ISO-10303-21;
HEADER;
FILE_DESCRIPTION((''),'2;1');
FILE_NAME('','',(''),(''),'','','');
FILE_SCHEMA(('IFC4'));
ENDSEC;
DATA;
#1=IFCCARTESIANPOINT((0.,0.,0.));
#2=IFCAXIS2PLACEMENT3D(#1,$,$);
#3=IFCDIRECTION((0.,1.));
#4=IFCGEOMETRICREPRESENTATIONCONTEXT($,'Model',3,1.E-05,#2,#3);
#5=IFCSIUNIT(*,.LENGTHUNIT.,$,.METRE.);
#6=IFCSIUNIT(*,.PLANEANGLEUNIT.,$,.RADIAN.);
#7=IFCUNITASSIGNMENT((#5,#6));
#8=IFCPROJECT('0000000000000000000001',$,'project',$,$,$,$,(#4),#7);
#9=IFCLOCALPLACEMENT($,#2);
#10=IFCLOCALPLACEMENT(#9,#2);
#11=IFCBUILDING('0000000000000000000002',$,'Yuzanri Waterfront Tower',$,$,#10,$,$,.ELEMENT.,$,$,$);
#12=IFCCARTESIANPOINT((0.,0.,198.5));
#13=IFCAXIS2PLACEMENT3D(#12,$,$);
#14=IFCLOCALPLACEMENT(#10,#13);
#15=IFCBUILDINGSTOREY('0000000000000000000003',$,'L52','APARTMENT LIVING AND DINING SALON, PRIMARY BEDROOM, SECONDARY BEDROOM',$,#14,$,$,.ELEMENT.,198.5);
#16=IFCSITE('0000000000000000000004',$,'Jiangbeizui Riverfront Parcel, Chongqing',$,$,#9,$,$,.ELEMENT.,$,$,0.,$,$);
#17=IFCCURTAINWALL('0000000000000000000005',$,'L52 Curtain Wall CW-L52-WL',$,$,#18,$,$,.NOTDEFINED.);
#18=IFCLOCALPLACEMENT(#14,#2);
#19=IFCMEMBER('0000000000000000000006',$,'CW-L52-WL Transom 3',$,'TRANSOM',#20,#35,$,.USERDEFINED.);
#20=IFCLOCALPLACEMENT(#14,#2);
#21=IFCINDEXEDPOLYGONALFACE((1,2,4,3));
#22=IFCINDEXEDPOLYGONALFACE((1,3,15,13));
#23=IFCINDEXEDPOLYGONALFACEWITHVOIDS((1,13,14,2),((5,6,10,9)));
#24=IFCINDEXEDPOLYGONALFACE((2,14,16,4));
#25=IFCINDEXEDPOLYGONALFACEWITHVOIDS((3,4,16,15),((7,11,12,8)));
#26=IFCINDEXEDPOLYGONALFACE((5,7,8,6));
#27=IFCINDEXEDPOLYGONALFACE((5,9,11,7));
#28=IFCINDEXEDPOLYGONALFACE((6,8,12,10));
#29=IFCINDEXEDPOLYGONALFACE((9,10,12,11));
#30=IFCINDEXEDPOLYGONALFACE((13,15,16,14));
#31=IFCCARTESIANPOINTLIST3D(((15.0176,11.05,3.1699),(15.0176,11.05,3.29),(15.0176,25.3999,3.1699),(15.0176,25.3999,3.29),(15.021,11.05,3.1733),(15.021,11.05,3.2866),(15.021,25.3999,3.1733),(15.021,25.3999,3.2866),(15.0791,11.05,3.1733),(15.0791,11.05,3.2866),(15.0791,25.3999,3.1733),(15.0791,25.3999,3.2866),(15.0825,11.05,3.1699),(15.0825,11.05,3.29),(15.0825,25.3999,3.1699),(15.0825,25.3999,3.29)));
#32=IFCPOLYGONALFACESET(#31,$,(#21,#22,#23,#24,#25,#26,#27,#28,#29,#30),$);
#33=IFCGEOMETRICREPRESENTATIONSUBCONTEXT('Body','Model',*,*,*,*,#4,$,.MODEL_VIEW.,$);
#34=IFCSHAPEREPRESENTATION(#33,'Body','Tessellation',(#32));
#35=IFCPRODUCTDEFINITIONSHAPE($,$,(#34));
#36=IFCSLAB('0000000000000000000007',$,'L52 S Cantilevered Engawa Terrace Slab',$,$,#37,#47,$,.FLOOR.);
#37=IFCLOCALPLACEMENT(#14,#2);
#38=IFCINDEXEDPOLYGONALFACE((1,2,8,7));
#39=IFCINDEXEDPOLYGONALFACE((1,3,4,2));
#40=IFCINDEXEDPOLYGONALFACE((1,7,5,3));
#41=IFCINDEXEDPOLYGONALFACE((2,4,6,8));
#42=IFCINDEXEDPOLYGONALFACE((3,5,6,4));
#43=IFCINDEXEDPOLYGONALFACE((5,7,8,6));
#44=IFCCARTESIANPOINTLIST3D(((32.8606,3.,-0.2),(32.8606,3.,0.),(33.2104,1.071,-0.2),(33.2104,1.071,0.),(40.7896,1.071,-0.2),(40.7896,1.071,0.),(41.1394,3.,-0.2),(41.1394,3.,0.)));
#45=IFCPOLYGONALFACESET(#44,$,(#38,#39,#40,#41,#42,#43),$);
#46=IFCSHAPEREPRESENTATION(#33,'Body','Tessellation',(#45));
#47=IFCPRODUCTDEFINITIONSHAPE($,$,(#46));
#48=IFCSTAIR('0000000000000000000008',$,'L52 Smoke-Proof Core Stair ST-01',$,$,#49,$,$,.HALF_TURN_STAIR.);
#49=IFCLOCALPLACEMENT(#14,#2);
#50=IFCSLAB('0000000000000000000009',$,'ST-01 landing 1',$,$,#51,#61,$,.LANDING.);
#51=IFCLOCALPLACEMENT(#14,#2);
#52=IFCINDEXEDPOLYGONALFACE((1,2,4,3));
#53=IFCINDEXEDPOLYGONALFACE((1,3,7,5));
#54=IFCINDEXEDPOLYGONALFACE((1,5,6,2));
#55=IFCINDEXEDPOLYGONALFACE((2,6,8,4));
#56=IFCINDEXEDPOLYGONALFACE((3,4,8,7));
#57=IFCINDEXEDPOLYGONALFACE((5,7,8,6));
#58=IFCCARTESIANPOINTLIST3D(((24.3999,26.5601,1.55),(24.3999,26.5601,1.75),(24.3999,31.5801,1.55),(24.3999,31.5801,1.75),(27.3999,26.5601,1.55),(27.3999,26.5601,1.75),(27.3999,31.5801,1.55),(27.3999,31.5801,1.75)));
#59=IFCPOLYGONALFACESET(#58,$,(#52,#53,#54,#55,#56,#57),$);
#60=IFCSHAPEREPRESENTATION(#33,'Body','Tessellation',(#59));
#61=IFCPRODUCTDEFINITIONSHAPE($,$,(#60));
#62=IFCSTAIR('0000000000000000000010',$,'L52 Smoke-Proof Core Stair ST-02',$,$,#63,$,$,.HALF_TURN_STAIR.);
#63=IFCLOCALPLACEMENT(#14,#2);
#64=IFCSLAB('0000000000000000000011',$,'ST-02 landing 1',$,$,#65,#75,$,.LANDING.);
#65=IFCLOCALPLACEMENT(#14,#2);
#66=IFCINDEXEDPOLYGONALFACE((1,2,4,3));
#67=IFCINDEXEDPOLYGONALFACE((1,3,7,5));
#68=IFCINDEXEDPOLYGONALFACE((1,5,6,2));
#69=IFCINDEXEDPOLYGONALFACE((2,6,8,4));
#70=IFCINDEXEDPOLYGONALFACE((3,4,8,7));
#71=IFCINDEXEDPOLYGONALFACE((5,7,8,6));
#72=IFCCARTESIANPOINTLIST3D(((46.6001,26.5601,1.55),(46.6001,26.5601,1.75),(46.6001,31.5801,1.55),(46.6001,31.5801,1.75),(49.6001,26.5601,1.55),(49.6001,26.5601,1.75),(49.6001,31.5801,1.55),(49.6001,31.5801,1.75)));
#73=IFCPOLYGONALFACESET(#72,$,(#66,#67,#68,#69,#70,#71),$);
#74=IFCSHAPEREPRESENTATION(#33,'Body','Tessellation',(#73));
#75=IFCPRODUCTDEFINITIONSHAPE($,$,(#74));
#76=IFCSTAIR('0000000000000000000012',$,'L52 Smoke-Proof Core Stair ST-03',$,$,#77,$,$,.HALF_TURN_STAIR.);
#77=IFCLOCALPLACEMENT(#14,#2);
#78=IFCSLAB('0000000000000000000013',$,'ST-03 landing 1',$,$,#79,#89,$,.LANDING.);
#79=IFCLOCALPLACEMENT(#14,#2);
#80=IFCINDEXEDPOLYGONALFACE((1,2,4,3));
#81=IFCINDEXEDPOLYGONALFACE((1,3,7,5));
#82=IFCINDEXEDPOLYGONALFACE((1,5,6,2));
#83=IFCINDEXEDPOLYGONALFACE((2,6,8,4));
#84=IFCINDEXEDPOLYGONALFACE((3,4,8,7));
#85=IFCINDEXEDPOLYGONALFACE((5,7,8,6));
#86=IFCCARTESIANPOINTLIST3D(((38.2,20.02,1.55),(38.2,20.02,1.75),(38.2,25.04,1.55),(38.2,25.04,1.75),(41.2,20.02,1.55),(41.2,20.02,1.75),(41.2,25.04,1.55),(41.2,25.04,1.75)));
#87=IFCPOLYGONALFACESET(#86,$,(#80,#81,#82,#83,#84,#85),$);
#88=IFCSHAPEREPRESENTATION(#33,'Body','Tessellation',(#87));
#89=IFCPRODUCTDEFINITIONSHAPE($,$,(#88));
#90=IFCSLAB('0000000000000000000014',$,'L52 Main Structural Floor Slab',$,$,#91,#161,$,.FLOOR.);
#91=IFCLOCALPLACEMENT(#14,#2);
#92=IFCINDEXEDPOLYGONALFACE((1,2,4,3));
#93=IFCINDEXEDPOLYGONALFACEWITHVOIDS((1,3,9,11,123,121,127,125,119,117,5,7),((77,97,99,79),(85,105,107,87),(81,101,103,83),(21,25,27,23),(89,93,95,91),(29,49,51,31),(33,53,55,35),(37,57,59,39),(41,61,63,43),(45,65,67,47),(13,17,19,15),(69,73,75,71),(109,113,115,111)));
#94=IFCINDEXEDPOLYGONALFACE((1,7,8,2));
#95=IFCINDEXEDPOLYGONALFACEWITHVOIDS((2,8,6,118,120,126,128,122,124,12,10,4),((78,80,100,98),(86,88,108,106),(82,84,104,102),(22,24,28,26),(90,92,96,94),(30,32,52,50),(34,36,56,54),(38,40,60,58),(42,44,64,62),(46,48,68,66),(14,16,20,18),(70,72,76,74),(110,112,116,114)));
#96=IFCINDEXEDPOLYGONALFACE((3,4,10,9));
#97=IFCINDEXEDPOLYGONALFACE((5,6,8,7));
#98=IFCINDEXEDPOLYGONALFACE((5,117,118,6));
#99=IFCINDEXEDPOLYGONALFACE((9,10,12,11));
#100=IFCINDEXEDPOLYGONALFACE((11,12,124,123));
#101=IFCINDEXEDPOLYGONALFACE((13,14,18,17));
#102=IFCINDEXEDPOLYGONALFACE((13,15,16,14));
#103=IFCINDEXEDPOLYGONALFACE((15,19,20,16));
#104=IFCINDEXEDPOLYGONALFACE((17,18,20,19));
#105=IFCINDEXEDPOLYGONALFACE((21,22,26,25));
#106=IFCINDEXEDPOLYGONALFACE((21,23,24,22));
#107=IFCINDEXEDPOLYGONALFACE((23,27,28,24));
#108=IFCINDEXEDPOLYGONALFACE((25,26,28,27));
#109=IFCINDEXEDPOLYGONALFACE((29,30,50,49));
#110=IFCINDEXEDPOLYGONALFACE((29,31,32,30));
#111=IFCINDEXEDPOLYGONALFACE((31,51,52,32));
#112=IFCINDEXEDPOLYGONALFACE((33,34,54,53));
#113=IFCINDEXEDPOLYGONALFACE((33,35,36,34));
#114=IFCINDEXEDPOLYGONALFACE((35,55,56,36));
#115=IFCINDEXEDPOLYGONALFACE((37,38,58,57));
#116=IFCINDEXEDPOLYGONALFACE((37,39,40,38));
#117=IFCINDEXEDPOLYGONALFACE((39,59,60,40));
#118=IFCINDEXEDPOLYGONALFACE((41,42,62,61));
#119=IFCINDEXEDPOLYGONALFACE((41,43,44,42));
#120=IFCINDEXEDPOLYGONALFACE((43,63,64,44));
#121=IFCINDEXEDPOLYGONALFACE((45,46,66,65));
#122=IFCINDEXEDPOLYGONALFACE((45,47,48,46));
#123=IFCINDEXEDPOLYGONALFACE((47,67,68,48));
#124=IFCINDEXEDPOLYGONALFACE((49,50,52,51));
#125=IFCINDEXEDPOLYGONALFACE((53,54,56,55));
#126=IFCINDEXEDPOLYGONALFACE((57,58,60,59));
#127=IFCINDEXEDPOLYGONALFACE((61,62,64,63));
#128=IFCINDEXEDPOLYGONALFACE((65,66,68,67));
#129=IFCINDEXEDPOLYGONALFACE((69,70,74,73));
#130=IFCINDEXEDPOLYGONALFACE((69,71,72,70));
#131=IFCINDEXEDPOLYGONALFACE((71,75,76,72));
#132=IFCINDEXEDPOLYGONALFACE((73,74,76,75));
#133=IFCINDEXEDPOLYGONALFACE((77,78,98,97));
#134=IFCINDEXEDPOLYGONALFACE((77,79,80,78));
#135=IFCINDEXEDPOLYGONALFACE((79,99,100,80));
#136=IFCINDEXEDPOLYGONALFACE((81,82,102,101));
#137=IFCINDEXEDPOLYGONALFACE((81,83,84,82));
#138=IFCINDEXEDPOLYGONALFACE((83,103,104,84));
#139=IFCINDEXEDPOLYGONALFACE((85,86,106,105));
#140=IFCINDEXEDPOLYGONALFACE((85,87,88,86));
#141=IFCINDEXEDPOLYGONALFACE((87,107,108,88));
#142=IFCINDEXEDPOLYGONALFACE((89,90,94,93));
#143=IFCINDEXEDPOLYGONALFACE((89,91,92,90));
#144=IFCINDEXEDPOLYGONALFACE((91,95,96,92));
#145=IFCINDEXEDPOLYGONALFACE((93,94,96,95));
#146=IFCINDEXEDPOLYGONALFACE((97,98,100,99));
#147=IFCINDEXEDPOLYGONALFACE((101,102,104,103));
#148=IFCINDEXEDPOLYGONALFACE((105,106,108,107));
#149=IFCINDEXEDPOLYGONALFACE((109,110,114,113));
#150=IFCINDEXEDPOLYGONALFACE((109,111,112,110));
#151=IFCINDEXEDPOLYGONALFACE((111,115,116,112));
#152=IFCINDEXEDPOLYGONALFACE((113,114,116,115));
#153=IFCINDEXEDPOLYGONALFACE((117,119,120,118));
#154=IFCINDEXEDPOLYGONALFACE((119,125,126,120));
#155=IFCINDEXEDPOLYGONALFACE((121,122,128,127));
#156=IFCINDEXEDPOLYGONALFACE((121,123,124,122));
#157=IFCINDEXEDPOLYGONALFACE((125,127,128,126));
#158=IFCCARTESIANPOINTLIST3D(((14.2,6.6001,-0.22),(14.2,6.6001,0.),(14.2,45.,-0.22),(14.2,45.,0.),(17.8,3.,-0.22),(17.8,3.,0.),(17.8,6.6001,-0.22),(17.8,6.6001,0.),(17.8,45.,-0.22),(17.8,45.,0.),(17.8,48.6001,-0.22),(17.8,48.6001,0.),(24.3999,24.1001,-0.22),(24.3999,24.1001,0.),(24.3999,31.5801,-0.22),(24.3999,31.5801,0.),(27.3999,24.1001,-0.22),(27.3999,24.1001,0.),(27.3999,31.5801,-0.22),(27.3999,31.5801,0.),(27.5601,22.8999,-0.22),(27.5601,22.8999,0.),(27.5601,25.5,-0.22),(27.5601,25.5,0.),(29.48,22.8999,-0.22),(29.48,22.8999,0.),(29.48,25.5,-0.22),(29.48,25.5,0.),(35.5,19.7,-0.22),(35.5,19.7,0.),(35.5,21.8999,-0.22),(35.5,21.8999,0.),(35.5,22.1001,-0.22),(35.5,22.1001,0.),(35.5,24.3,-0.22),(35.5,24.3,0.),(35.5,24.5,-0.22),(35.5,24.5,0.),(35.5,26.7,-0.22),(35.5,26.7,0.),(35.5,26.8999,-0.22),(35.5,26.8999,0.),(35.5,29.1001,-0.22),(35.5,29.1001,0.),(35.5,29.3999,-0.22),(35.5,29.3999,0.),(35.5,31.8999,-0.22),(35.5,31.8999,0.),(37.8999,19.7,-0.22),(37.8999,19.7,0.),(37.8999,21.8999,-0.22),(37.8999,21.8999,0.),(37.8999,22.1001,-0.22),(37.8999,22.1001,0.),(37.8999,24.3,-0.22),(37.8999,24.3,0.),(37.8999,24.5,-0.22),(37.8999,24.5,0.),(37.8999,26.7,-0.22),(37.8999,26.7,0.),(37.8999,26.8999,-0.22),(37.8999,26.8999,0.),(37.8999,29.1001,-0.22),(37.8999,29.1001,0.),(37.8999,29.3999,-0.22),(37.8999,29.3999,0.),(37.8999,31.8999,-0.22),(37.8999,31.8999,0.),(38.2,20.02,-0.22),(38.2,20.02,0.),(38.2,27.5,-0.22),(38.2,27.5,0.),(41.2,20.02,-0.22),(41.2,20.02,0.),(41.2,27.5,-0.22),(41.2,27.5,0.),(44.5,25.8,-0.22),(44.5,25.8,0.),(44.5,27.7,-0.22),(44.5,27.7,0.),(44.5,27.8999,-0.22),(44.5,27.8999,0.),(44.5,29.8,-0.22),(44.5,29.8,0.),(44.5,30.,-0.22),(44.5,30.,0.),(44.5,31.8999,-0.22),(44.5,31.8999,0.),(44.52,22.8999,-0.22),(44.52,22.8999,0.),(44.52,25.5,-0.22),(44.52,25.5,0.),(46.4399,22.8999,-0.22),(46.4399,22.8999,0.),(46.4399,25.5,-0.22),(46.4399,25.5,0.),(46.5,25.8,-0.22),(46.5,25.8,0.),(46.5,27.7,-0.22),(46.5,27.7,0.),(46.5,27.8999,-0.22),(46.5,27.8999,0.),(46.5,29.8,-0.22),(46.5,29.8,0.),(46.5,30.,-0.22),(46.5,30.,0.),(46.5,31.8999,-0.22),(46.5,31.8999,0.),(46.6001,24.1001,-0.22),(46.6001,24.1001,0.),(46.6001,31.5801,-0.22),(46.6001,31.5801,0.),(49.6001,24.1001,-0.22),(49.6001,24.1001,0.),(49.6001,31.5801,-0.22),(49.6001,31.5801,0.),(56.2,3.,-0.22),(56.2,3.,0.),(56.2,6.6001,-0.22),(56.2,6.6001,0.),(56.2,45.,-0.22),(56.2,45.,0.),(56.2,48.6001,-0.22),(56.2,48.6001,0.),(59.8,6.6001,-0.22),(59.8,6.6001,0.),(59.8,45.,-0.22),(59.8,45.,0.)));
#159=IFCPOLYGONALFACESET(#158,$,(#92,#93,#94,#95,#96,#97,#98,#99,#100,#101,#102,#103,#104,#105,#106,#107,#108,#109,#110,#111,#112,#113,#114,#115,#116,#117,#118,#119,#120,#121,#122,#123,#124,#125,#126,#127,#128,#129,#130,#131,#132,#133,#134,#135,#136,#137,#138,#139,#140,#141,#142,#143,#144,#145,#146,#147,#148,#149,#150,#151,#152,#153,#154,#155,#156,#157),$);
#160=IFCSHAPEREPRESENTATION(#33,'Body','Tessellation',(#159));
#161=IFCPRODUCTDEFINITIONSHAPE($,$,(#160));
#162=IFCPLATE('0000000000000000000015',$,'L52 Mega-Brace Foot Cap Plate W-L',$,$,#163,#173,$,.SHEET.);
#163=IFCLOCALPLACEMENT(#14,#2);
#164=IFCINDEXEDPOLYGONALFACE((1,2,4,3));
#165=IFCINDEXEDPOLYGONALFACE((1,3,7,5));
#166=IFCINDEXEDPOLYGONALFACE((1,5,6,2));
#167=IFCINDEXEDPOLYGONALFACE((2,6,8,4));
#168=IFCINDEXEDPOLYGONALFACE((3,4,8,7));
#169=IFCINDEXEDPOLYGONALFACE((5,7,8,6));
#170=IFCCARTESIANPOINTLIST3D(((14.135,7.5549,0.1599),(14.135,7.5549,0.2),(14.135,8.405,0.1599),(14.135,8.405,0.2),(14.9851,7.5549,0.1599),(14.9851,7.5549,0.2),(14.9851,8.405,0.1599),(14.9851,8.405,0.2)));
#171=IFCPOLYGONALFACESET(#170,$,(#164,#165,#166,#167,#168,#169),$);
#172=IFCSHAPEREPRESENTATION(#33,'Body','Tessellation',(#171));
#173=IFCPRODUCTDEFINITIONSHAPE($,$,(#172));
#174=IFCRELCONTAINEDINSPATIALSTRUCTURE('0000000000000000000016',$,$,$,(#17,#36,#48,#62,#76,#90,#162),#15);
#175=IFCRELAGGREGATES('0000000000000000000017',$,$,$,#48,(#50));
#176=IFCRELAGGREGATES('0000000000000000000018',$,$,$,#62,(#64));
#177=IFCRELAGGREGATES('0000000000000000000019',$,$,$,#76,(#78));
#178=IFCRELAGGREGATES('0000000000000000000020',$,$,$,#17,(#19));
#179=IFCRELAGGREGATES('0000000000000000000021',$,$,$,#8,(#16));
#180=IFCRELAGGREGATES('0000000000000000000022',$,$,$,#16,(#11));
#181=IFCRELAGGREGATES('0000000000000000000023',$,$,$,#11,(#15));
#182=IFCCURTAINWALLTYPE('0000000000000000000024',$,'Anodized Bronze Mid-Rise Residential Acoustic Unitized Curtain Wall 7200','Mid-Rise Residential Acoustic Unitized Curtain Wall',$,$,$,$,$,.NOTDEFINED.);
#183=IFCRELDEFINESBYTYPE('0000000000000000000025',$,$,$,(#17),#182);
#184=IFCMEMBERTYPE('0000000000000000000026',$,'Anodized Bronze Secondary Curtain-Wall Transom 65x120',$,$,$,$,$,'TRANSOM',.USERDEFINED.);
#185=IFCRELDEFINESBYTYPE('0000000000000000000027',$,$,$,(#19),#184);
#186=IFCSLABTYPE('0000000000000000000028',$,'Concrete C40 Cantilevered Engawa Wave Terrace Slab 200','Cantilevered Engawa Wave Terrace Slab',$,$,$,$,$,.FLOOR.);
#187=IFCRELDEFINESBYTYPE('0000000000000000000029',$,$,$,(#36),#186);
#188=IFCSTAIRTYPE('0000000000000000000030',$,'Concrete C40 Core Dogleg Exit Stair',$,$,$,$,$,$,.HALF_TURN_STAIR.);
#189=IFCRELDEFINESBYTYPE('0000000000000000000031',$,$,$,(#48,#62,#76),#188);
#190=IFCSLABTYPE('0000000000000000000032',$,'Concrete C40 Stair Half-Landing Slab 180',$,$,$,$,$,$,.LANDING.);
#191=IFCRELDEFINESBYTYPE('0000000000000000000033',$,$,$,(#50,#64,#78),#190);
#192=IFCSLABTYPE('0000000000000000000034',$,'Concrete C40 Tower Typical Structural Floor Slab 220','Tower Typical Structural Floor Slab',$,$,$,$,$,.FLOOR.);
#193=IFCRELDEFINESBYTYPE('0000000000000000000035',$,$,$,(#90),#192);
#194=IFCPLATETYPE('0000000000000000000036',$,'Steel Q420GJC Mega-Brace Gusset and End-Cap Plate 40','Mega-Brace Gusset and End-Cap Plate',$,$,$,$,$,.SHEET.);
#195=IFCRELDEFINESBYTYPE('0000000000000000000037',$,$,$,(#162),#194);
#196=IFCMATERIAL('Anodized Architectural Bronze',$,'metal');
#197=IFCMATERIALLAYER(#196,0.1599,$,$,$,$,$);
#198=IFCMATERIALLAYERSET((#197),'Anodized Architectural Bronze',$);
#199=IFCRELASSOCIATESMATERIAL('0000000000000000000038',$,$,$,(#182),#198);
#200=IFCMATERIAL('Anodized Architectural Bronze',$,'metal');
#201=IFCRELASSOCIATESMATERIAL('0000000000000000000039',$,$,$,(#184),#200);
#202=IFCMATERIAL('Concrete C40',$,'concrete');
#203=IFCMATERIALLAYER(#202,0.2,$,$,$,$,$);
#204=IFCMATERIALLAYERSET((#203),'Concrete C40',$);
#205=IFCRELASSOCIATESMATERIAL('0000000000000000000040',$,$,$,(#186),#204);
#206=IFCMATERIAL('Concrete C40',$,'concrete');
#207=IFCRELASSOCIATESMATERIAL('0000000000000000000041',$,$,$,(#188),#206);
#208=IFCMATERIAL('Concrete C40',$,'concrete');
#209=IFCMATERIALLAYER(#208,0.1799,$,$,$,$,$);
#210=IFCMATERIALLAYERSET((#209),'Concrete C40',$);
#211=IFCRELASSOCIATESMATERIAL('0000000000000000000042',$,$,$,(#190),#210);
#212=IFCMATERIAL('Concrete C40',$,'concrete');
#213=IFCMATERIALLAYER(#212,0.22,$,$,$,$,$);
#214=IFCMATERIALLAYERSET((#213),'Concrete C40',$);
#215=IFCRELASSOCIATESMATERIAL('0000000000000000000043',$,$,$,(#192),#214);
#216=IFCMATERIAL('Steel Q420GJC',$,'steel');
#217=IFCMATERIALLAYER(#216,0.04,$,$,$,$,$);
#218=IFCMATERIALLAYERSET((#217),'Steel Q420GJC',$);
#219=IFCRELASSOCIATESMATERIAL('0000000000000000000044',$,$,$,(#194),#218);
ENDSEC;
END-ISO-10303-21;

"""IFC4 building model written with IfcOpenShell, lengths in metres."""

from ifc_helpers import new_model, si_unit, direction, frame, origin, origin_2d, place, context, subcontext, project, spatial, polyline, rectangle, hollow_rectangle, outline, extrude, source, transform, mapped, material, layer, layer_set, material_profile, profile_set, type_object, element, aggregate, save


model = new_model("IFC4")

# Units and contexts
model_context = context("Model", 3, precision=1e-05, world=origin(), true_north=direction((0.0, 1.0)))
body_context = subcontext(model_context, "Body", "Model", "MODEL_VIEW")
ifc_project = project(units=[si_unit("LENGTHUNIT", "METRE"), si_unit("PLANEANGLEUNIT", "RADIAN")], contexts=[model_context])

# Site, building, storey
site_placement = place(None, origin())
site = spatial("IfcSite", under=ifc_project, at=site_placement, Name="Jiangbeizui Riverfront Parcel, Chongqing", CompositionType="ELEMENT", RefElevation=0.0)
building_placement = place(site_placement, origin())
building = spatial("IfcBuilding", under=site, at=building_placement, Name="Yuzanri Waterfront Tower", CompositionType="ELEMENT")
storey_placement = place(building_placement, frame((0.0, 0.0, 198.5)))
storey = spatial("IfcBuildingStorey", under=building, at=storey_placement, Name="L52", Description="APARTMENT LIVING AND DINING SALON, PRIMARY BEDROOM, SECONDARY BEDROOM", CompositionType="ELEMENT", Elevation=198.5)

# Curtain wall, member
ifc_material_1 = material(Name="Anodized Architectural Bronze", Category="metal")
ifc_layer_1 = layer(ifc_material_1, 0.1599)
ifc_layer_set_1 = layer_set([ifc_layer_1], Name="Anodized Architectural Bronze")
curtain_wall_type = type_object("IfcCurtainWallType", Name="Anodized Bronze Mid-Rise Residential Acoustic Unitized Curtain Wall 7200", Description="Mid-Rise Residential Acoustic Unitized Curtain Wall", PredefinedType="NOTDEFINED", material=ifc_layer_set_1)
curtain_wall_placement = place(storey_placement, origin())
curtain_wall = element("IfcCurtainWall", 1, at=curtain_wall_placement, inside=storey, type_object=curtain_wall_type, Name="L52 Curtain Wall CW-L52-WL", PredefinedType="NOTDEFINED")
ifc_material_2 = material(Name="Anodized Architectural Bronze", Category="metal")
ifc_material_profile_1 = material_profile(ifc_material_2, hollow_rectangle(XDim=0.0649, YDim=0.1201, WallThickness=0.0034, at=origin_2d()), Name="CWT 65x120")
ifc_profile_set_1 = profile_set([ifc_material_profile_1], Name="Anodized Architectural Bronze")
member_type_1 = type_object("IfcMemberType", Name="Anodized Bronze Secondary Curtain-Wall Transom 65x120", ElementType="TRANSOM", PredefinedType="USERDEFINED", material=ifc_profile_set_1)
shared_shape_1 = source(origin(), body_context, "Body", "SweptSolid", [
    extrude(hollow_rectangle(XDim=0.0649, YDim=0.1201, WallThickness=0.0034, at=origin_2d()), origin(), (0.0, 0.0, 1.0), 14.3499),
])
member_1_placement = place(storey_placement, frame((15.05, 11.05, 3.23), z_axis=(0.0, 1.0, 0.0), x_axis=(-1.0, 0.0, 0.0)))
member_1 = element("IfcMember", 2, at=member_1_placement, type_object=member_type_1, Name="CW-L52-WL Transom 3", ObjectType="TRANSOM", PredefinedType="USERDEFINED", context=body_context, shape_type="MappedRepresentation", body=[
    mapped(shared_shape_1, transform((0.0, 0.0, 0.0), scale=1.0)),
])

# Slab
ifc_material_3 = material(Name="Concrete C40", Category="concrete")
ifc_layer_2 = layer(ifc_material_3, 0.2)
ifc_layer_set_2 = layer_set([ifc_layer_2], Name="Concrete C40")
slab_type_1 = type_object("IfcSlabType", Name="Concrete C40 Cantilevered Engawa Wave Terrace Slab 200", Description="Cantilevered Engawa Wave Terrace Slab", PredefinedType="FLOOR", material=ifc_layer_set_2)
slab_1_placement = place(storey_placement, frame((0.0, 0.0, -0.2)))
element("IfcSlab", 3, at=slab_1_placement, inside=storey, type_object=slab_type_1, Name="L52 S Cantilevered Engawa Terrace Slab", PredefinedType="FLOOR", context=body_context, shape_type="SweptSolid", body=[
    extrude(outline(polyline([(32.8606, 3.0), (41.1394, 3.0), (40.7896, 1.071), (33.2104, 1.071), (32.8606, 3.0)])), origin(), (0.0, 0.0, 1.0), 0.2),
])

# Stairs, slabs
ifc_material_4 = material(Name="Concrete C40", Category="concrete")
stair_type = type_object("IfcStairType", Name="Concrete C40 Core Dogleg Exit Stair", PredefinedType="HALF_TURN_STAIR", material=ifc_material_4)
stair_1_placement = place(storey_placement, origin())
stair_1 = element("IfcStair", 4, at=stair_1_placement, inside=storey, type_object=stair_type, Name="L52 Smoke-Proof Core Stair ST-01", PredefinedType="HALF_TURN_STAIR")
ifc_material_5 = material(Name="Concrete C40", Category="concrete")
ifc_layer_3 = layer(ifc_material_5, 0.1799)
ifc_layer_set_3 = layer_set([ifc_layer_3], Name="Concrete C40")
slab_type_2 = type_object("IfcSlabType", Name="Concrete C40 Stair Half-Landing Slab 180", PredefinedType="LANDING", material=ifc_layer_set_3)
slab_2_placement = place(storey_placement, frame((0.0, 0.0, 1.55)))
slab_2 = element("IfcSlab", 5, at=slab_2_placement, type_object=slab_type_2, Name="ST-01 landing 1", PredefinedType="LANDING", context=body_context, shape_type="SweptSolid", body=[
    extrude(outline(polyline([(27.3999, 26.5601), (27.3999, 31.5801), (24.3999, 31.5801), (24.3999, 26.5601), (27.3999, 26.5601)])), origin(), (0.0, 0.0, 1.0), 0.2),
])
aggregate(stair_1, [slab_2])
stair_2_placement = place(storey_placement, origin())
stair_2 = element("IfcStair", 6, at=stair_2_placement, inside=storey, type_object=stair_type, Name="L52 Smoke-Proof Core Stair ST-02", PredefinedType="HALF_TURN_STAIR")
slab_3_placement = place(storey_placement, frame((0.0, 0.0, 1.55)))
slab_3 = element("IfcSlab", 7, at=slab_3_placement, type_object=slab_type_2, Name="ST-02 landing 1", PredefinedType="LANDING", context=body_context, shape_type="SweptSolid", body=[
    extrude(outline(polyline([(49.6001, 26.5601), (49.6001, 31.5801), (46.6001, 31.5801), (46.6001, 26.5601), (49.6001, 26.5601)])), origin(), (0.0, 0.0, 1.0), 0.2),
])
aggregate(stair_2, [slab_3])
stair_3_placement = place(storey_placement, origin())
stair_3 = element("IfcStair", 8, at=stair_3_placement, inside=storey, type_object=stair_type, Name="L52 Smoke-Proof Core Stair ST-03", PredefinedType="HALF_TURN_STAIR")
slab_4_placement = place(storey_placement, frame((0.0, 0.0, 1.55)))
slab_4 = element("IfcSlab", 9, at=slab_4_placement, type_object=slab_type_2, Name="ST-03 landing 1", PredefinedType="LANDING", context=body_context, shape_type="SweptSolid", body=[
    extrude(outline(polyline([(38.2, 25.04), (38.2, 20.02), (41.2, 20.02), (41.2, 25.04), (38.2, 25.04)])), origin(), (0.0, 0.0, 1.0), 0.2),
])
aggregate(stair_3, [slab_4])

# Slab
ifc_material_6 = material(Name="Concrete C40", Category="concrete")
ifc_layer_4 = layer(ifc_material_6, 0.22)
ifc_layer_set_4 = layer_set([ifc_layer_4], Name="Concrete C40")
slab_type_3 = type_object("IfcSlabType", Name="Concrete C40 Tower Typical Structural Floor Slab 220", Description="Tower Typical Structural Floor Slab", PredefinedType="FLOOR", material=ifc_layer_set_4)
slab_5_placement = place(storey_placement, frame((0.0, 0.0, -0.22)))
element("IfcSlab", 10, at=slab_5_placement, inside=storey, type_object=slab_type_3, Name="L52 Main Structural Floor Slab", PredefinedType="FLOOR", context=body_context, shape_type="SweptSolid", body=[
    extrude(outline(polyline([(17.8, 3.0), (56.2, 3.0), (56.2, 6.6001), (59.8, 6.6001), (59.8, 45.0), (56.2, 45.0), (56.2, 48.6001), (17.8, 48.6001), (17.8, 45.0), (14.2, 45.0), (14.2, 6.6001), (17.8, 6.6001), (17.8, 3.0)]), holes=[polyline([(27.3999, 24.1001), (27.3999, 31.5801), (24.3999, 31.5801), (24.3999, 24.1001), (27.3999, 24.1001)]), polyline([(49.6001, 24.1001), (49.6001, 31.5801), (46.6001, 31.5801), (46.6001, 24.1001), (49.6001, 24.1001)]), polyline([(38.2, 27.5), (38.2, 20.02), (41.2, 20.02), (41.2, 27.5), (38.2, 27.5)]), polyline([(27.5601, 22.8999), (29.48, 22.8999), (29.48, 25.5), (27.5601, 25.5), (27.5601, 22.8999)]), polyline([(44.52, 22.8999), (46.4399, 22.8999), (46.4399, 25.5), (44.52, 25.5), (44.52, 22.8999)]), polyline([(35.5, 19.7), (37.8999, 19.7), (37.8999, 21.8999), (35.5, 21.8999), (35.5, 19.7)]), polyline([(35.5, 22.1001), (37.8999, 22.1001), (37.8999, 24.3), (35.5, 24.3), (35.5, 22.1001)]), polyline([(35.5, 24.5), (37.8999, 24.5), (37.8999, 26.7), (35.5, 26.7), (35.5, 24.5)]), polyline([(35.5, 26.8999), (37.8999, 26.8999), (37.8999, 29.1001), (35.5, 29.1001), (35.5, 26.8999)]), polyline([(35.5, 29.3999), (37.8999, 29.3999), (37.8999, 31.8999), (35.5, 31.8999), (35.5, 29.3999)]), polyline([(44.5, 25.8), (46.5, 25.8), (46.5, 27.7), (44.5, 27.7), (44.5, 25.8)]), polyline([(44.5, 27.8999), (46.5, 27.8999), (46.5, 29.8), (44.5, 29.8), (44.5, 27.8999)]), polyline([(44.5, 30.0), (46.5, 30.0), (46.5, 31.8999), (44.5, 31.8999), (44.5, 30.0)])]), origin(), (0.0, 0.0, 1.0), 0.22),
])

# Plate
ifc_material_7 = material(Name="Steel Q420GJC", Category="steel")
ifc_layer_5 = layer(ifc_material_7, 0.04)
ifc_layer_set_5 = layer_set([ifc_layer_5], Name="Steel Q420GJC")
plate_type_1 = type_object("IfcPlateType", Name="Steel Q420GJC Mega-Brace Gusset and End-Cap Plate 40", Description="Mega-Brace Gusset and End-Cap Plate", PredefinedType="SHEET", material=ifc_layer_set_5)
shared_shape_2 = source(origin(), body_context, "Body", "SweptSolid", [
    extrude(rectangle(XDim=0.8501, YDim=0.8501, at=origin_2d()), origin(), (0.0, 0.0, 1.0), 0.04),
])
plate_1_placement = place(storey_placement, frame((14.5601, 7.98, 0.1599), z_axis=(0.0, 0.0, 1.0), x_axis=(1.0, 0.0, 0.0)))
element("IfcPlate", 11, at=plate_1_placement, inside=storey, type_object=plate_type_1, Name="L52 Mega-Brace Foot Cap Plate W-L", PredefinedType="SHEET", context=body_context, shape_type="MappedRepresentation", body=[
    mapped(shared_shape_2, transform((0.0, 0.0, 0.0), scale=1.0)),
])
aggregate(curtain_wall, [member_1])

save(model, "model.ifc")
